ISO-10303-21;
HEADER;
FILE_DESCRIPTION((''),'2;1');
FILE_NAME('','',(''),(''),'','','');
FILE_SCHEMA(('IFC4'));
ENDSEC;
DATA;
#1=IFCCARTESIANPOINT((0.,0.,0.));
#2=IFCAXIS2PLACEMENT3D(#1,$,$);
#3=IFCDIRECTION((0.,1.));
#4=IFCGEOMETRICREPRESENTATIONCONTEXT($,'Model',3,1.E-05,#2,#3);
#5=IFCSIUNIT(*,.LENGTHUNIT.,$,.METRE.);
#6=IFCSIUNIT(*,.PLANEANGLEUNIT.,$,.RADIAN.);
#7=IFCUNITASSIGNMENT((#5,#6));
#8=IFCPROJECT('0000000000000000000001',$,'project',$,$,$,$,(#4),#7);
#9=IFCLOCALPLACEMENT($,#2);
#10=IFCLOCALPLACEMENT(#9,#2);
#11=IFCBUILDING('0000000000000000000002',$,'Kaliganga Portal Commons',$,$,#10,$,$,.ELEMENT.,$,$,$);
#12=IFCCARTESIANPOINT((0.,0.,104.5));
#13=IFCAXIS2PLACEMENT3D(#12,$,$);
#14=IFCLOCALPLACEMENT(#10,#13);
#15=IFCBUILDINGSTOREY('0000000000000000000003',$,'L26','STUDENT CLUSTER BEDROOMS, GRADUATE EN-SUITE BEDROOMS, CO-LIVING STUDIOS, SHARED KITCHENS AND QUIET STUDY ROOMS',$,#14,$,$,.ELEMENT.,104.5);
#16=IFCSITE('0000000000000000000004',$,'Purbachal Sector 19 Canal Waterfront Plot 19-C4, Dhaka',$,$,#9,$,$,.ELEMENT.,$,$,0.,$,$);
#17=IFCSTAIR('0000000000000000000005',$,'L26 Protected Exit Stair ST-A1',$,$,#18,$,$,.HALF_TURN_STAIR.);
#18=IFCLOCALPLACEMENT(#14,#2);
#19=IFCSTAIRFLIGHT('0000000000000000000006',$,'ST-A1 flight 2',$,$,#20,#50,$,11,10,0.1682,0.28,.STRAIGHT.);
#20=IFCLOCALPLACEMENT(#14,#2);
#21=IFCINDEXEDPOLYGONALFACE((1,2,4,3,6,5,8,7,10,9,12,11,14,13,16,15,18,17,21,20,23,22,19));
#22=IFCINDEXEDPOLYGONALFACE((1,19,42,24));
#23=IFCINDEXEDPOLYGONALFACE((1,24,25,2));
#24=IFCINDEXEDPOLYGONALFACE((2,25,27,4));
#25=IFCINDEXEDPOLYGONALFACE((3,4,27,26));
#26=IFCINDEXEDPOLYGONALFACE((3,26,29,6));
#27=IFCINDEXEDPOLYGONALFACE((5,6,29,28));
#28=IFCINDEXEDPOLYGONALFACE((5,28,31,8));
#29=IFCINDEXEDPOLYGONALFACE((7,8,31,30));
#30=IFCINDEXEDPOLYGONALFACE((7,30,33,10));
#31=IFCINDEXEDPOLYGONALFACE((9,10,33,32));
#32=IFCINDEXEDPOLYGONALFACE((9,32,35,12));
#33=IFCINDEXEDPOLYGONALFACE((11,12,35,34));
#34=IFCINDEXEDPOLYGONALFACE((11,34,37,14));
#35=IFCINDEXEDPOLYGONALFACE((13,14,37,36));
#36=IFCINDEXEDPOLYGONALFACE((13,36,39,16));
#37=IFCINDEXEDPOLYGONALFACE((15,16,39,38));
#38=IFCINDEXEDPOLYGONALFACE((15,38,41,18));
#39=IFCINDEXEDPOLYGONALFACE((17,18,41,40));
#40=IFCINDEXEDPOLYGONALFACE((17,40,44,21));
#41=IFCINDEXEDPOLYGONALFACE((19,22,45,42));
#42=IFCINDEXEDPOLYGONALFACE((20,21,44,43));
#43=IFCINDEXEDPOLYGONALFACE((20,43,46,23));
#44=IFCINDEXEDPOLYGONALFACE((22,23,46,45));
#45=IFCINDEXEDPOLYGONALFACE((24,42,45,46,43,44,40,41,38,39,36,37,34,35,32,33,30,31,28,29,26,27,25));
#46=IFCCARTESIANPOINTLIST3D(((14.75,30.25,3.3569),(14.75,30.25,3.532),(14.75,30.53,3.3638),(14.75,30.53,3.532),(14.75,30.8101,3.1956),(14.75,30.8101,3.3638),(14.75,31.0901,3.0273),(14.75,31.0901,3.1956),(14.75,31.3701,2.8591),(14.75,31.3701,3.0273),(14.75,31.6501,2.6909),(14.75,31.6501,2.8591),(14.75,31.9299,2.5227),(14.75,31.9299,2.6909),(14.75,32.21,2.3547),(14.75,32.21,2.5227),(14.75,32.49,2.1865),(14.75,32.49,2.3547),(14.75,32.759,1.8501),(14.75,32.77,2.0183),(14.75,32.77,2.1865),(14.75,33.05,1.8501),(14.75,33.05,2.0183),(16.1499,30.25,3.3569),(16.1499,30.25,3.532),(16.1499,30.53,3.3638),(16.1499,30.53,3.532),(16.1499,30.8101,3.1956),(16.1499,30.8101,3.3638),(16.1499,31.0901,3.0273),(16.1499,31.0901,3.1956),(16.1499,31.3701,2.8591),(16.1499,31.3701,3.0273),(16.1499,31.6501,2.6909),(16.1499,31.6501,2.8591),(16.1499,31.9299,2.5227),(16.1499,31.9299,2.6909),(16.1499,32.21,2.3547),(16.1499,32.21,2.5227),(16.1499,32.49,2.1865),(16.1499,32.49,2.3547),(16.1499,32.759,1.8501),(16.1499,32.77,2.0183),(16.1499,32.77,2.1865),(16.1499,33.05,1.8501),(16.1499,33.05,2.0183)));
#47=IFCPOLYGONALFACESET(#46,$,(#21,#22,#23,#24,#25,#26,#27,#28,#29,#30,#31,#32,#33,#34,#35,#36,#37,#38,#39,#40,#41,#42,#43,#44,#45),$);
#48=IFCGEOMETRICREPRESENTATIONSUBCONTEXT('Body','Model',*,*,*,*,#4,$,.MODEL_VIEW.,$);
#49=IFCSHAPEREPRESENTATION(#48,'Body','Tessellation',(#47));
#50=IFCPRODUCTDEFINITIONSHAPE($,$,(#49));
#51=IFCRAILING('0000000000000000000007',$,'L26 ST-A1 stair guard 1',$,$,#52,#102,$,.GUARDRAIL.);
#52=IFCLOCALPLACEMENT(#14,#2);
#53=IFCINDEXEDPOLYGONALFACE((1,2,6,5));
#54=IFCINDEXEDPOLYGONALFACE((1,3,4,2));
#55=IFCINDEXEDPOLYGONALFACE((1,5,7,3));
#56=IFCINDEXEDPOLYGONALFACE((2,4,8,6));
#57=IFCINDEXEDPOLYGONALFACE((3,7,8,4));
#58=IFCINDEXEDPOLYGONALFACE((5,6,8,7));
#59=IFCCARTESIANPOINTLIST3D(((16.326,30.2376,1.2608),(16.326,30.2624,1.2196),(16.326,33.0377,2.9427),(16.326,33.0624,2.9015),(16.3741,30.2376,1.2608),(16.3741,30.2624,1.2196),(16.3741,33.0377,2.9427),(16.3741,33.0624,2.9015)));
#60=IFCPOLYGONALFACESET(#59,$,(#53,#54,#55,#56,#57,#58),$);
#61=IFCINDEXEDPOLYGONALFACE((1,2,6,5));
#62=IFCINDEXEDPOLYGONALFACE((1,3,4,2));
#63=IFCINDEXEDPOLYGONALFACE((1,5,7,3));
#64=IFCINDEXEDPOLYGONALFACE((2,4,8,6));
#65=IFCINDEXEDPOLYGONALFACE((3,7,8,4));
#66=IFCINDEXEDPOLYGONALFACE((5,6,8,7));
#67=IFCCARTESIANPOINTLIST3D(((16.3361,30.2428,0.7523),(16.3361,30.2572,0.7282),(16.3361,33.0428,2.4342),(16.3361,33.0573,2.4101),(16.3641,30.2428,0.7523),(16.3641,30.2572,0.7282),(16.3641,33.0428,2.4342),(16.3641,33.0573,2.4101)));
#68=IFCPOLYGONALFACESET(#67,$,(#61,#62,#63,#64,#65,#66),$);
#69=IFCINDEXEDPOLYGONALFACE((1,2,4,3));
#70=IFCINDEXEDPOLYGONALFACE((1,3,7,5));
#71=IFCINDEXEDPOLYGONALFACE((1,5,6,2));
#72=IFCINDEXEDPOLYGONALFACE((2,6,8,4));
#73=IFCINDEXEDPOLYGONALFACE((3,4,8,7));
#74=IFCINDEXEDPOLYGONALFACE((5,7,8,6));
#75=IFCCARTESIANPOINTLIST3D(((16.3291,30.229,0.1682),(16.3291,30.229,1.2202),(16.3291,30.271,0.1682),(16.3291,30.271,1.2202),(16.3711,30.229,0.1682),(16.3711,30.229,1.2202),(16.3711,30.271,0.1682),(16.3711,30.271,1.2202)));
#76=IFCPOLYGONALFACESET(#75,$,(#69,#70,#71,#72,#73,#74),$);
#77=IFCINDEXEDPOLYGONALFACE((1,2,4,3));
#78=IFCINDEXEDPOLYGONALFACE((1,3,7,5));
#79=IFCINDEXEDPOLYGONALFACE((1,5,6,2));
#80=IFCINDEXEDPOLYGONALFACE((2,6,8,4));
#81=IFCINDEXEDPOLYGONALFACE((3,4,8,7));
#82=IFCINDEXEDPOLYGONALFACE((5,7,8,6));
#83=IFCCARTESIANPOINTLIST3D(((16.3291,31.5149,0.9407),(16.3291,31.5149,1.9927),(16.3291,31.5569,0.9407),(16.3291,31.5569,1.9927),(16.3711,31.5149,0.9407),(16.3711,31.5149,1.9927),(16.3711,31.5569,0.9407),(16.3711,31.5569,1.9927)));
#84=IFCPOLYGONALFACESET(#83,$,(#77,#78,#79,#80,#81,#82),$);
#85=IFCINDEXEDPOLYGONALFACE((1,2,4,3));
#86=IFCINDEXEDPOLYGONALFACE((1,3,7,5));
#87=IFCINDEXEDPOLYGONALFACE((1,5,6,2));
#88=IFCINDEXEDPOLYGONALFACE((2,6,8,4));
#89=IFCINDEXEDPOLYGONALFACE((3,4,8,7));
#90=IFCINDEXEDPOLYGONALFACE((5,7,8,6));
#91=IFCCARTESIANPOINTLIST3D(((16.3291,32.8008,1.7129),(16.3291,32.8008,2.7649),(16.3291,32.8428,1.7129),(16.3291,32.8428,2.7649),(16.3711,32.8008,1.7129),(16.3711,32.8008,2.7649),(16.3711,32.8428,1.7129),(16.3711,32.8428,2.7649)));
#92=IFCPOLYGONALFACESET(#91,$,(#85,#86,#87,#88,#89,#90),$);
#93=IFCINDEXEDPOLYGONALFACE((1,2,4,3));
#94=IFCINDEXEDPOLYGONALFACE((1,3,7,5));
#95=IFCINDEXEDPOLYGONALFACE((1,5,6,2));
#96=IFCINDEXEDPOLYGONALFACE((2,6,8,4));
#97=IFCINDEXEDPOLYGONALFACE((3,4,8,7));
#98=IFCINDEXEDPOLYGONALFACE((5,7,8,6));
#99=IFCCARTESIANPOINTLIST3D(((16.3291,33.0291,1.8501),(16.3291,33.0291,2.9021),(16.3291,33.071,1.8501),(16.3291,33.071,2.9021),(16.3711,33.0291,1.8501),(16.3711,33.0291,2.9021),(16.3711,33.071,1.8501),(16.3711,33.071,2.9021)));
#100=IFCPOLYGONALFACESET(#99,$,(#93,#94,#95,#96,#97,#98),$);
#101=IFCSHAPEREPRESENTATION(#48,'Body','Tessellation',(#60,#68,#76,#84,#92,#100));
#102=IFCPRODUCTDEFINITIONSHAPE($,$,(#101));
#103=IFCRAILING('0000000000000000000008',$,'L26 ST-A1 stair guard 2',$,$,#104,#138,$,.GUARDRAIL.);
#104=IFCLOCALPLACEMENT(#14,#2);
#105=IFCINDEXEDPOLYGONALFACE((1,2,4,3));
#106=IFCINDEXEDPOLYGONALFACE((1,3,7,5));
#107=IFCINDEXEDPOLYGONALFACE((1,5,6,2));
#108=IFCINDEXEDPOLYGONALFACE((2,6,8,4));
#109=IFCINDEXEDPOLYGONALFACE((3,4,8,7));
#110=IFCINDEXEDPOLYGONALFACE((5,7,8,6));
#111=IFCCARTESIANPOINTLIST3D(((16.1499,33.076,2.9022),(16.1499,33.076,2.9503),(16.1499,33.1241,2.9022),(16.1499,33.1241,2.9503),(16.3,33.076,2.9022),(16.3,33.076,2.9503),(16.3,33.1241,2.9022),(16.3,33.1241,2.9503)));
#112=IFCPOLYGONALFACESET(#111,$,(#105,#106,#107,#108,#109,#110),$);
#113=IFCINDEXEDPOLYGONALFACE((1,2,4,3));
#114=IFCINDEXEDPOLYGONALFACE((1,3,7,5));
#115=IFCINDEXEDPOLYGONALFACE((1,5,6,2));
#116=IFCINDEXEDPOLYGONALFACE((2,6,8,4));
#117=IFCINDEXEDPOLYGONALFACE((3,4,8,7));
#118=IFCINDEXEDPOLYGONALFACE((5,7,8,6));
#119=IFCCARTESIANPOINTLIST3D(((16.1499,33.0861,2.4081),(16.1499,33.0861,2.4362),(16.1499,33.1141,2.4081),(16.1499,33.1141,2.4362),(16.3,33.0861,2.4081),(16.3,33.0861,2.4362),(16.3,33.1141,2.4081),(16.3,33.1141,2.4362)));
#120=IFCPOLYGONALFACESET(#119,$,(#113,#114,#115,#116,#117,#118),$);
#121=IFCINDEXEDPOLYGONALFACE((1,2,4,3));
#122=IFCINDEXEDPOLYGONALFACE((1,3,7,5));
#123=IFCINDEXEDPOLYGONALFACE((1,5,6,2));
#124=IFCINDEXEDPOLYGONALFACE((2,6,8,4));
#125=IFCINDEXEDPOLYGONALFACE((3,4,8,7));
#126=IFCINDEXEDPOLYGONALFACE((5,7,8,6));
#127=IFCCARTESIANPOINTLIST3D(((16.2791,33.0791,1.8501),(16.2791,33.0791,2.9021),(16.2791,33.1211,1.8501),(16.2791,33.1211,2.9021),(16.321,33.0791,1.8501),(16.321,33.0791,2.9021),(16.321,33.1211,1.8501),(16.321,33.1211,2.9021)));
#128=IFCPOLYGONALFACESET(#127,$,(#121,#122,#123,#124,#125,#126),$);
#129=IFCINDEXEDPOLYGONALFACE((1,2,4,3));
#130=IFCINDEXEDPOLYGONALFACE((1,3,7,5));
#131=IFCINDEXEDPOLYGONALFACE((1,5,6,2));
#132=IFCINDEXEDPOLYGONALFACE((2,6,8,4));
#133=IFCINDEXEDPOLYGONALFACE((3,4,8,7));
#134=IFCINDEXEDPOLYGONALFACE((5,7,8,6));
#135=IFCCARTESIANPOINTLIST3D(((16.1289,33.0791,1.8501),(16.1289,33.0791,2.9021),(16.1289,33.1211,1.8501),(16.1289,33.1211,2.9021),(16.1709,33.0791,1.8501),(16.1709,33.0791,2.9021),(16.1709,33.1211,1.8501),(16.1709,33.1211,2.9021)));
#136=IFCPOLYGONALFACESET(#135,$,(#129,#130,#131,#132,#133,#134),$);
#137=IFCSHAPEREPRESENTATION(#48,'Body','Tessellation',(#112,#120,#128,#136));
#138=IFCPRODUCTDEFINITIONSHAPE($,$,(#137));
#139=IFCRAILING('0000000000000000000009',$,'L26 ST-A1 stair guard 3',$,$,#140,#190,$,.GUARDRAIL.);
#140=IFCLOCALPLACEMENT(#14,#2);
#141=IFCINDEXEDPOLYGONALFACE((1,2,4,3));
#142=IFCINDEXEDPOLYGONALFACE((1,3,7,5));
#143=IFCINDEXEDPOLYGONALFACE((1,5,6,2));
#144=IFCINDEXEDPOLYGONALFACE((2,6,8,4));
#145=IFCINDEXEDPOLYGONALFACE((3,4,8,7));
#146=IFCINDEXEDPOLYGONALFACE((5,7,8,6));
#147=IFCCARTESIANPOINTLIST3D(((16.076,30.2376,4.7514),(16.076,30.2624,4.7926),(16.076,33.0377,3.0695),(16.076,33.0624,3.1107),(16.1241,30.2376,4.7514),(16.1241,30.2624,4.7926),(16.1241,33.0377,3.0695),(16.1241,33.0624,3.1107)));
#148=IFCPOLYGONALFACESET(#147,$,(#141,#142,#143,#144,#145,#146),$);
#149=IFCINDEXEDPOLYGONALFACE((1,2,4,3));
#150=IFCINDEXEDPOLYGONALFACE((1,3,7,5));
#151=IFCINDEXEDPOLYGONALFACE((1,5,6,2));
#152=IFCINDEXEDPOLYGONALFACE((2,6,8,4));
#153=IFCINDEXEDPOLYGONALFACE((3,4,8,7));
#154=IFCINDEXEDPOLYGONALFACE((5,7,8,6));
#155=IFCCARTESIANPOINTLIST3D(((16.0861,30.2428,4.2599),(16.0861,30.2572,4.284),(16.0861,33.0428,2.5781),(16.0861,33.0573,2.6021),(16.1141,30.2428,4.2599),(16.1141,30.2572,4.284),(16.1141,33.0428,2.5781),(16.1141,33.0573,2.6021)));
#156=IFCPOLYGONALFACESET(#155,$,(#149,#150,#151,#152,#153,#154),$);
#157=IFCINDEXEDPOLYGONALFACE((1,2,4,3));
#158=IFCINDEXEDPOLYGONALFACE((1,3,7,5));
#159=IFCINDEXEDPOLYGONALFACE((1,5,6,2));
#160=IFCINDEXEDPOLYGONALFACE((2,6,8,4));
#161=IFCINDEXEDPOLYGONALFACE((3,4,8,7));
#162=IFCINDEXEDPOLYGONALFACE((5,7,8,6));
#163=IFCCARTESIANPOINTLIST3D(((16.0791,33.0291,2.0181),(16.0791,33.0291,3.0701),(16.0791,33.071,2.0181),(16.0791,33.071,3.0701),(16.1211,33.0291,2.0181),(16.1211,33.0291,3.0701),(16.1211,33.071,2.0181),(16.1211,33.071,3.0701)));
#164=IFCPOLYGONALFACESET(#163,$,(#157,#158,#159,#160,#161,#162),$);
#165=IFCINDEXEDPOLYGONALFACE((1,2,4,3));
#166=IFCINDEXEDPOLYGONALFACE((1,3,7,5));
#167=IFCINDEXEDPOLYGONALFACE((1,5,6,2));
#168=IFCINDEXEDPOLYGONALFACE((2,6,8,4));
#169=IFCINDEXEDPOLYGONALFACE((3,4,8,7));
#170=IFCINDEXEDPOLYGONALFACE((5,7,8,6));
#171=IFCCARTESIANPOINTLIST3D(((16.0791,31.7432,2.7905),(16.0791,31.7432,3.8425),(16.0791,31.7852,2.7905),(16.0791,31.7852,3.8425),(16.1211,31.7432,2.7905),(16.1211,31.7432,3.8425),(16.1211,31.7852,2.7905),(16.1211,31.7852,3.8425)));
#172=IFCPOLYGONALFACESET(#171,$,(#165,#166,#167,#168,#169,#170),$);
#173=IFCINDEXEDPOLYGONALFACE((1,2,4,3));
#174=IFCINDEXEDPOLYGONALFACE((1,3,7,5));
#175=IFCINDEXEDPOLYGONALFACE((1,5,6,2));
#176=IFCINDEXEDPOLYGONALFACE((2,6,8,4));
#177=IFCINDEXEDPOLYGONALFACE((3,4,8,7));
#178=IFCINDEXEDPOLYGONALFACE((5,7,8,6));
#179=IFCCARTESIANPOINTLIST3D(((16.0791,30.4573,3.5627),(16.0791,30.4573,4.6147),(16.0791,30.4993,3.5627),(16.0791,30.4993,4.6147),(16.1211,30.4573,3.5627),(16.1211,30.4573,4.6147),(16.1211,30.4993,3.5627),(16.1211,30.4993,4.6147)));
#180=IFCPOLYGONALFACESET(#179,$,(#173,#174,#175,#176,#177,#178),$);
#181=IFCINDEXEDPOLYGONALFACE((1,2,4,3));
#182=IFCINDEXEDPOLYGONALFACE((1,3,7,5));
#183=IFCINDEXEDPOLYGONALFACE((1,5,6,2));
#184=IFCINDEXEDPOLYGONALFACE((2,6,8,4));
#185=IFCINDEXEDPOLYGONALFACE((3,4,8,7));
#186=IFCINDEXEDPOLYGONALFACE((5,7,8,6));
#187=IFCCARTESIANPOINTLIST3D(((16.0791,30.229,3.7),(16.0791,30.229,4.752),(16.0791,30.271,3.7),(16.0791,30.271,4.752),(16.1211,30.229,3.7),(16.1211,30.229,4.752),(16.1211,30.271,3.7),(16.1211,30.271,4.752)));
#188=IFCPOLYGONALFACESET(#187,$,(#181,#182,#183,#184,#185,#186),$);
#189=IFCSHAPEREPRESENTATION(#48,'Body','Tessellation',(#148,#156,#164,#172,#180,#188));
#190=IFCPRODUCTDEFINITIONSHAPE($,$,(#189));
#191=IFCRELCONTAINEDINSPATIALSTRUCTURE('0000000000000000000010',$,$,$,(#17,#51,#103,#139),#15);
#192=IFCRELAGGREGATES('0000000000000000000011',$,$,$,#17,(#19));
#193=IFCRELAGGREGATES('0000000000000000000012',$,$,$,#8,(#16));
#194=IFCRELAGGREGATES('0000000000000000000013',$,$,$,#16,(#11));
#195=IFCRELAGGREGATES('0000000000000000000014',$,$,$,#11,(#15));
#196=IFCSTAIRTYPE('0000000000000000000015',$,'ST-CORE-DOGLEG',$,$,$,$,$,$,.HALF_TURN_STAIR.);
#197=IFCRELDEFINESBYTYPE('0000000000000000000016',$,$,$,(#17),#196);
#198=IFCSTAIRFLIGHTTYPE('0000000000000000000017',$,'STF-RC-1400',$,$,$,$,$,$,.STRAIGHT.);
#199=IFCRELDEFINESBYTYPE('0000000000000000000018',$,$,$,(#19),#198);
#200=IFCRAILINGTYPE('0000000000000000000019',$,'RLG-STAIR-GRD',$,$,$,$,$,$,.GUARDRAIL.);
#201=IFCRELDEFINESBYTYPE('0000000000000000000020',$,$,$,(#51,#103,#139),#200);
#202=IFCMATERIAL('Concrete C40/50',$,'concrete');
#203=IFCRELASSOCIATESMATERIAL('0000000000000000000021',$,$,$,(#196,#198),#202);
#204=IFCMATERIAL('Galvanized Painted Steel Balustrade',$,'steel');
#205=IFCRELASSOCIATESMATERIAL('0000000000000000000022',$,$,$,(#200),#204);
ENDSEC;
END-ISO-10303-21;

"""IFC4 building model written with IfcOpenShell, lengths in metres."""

from ifc_helpers import new_model, si_unit, direction, frame, origin, origin_2d, place, context, subcontext, project, spatial, polyline, rectangle, outline, extrude, material, type_object, element, aggregate, save


model = new_model("IFC4")

# Units and contexts
model_context = context("Model", 3, precision=1e-05, world=origin(), true_north=direction((0.0, 1.0)))
body_context = subcontext(model_context, "Body", "Model", "MODEL_VIEW")
ifc_project = project(units=[si_unit("LENGTHUNIT", "METRE"), si_unit("PLANEANGLEUNIT", "RADIAN")], contexts=[model_context])

# Site, building, storey
site_placement = place(None, origin())
site = spatial("IfcSite", under=ifc_project, at=site_placement, Name="Purbachal Sector 19 Canal Waterfront Plot 19-C4, Dhaka", CompositionType="ELEMENT", RefElevation=0.0)
building_placement = place(site_placement, origin())
building = spatial("IfcBuilding", under=site, at=building_placement, Name="Kaliganga Portal Commons", CompositionType="ELEMENT")
storey_placement = place(building_placement, frame((0.0, 0.0, 104.5)))
storey = spatial("IfcBuildingStorey", under=building, at=storey_placement, Name="L26", Description="STUDENT CLUSTER BEDROOMS, GRADUATE EN-SUITE BEDROOMS, CO-LIVING STUDIOS, SHARED KITCHENS AND QUIET STUDY ROOMS", CompositionType="ELEMENT", Elevation=104.5)

# Stair, stair flight
ifc_material_1 = material(Name="Concrete C40/50", Category="concrete")
stair_type = type_object("IfcStairType", Name="ST-CORE-DOGLEG", PredefinedType="HALF_TURN_STAIR", material=ifc_material_1)
stair_placement = place(storey_placement, origin())
stair = element("IfcStair", 1, at=stair_placement, inside=storey, type_object=stair_type, Name="L26 Protected Exit Stair ST-A1", PredefinedType="HALF_TURN_STAIR")
stair_flight_type = type_object("IfcStairFlightType", Name="STF-RC-1400", PredefinedType="STRAIGHT", material=ifc_material_1)
stair_flight_1_placement = place(storey_placement, frame((15.45, 33.05, 1.8501), z_axis=(0.0, 0.0, 1.0), x_axis=(0.0, -1.0, 0.0)))
stair_flight_1 = element("IfcStairFlight", 2, at=stair_flight_1_placement, type_object=stair_flight_type, Name="ST-A1 flight 2", NumberOfRisers=11, NumberOfTreads=10, PredefinedType="STRAIGHT", RiserHeight=0.1682, TreadLength=0.28, context=body_context, shape_type="SweptSolid", body=[
    extrude(outline(polyline([(0.0, 0.0), (0.0, 0.1682), (0.28, 0.1682), (0.28, 0.3364), (0.5601, 0.3364), (0.5601, 0.5046), (0.8401, 0.5046), (0.8401, 0.6726), (1.1201, 0.6726), (1.1201, 0.8408), (1.3999, 0.8408), (1.3999, 1.009), (1.6799, 1.009), (1.6799, 1.1772), (1.96, 1.1772), (1.96, 1.3455), (2.24, 1.3455), (2.24, 1.5137), (2.52, 1.5137), (2.52, 1.6819), (2.8, 1.6819), (2.8, 1.8501), (2.8, 1.5068), (0.291, 0.0), (0.0, 0.0)])), frame((0.0, 0.7, 0.0), z_axis=(0.0, -1.0, 0.0), x_axis=(1.0, 0.0, 0.0)), (0.0, 0.0, 1.0), 1.3999),
])
aggregate(stair, [stair_flight_1])

# Railings
ifc_material_2 = material(Name="Galvanized Painted Steel Balustrade", Category="steel")
railing_type_1 = type_object("IfcRailingType", Name="RLG-STAIR-GRD", PredefinedType="GUARDRAIL", material=ifc_material_2)
railing_1_placement = place(storey_placement, frame((16.3501, 30.25, 0.1682)))
element("IfcRailing", 3, at=railing_1_placement, inside=storey, type_object=railing_type_1, Name="L26 ST-A1 stair guard 1", PredefinedType="GUARDRAIL", context=body_context, shape_type="SweptSolid", body=[
    extrude(rectangle(XDim=0.0481, YDim=0.0481, at=origin_2d()), frame((0.0, 0.0, 1.072), z_axis=(0.0, 0.857242, 0.514913), x_axis=(-1.0, 0.0, 0.0)), (0.0, 0.0, 1.0), 3.2664),
    extrude(rectangle(XDim=0.0281, YDim=0.0281, at=origin_2d()), frame((0.0, 0.0, 0.572), z_axis=(0.0, 0.857242, 0.514913), x_axis=(-1.0, 0.0, 0.0)), (0.0, 0.0, 1.0), 3.2664),
    extrude(rectangle(XDim=0.042, YDim=0.042, at=origin_2d()), origin(), (0.0, 0.0, 1.0), 1.052),
    extrude(rectangle(XDim=0.042, YDim=0.042, at=origin_2d()), frame((0.0, 1.2859, 0.7725)), (0.0, 0.0, 1.0), 1.052),
    extrude(rectangle(XDim=0.042, YDim=0.042, at=origin_2d()), frame((0.0, 2.5718, 1.5447)), (0.0, 0.0, 1.0), 1.052),
    extrude(rectangle(XDim=0.042, YDim=0.042, at=origin_2d()), frame((0.0, 2.8, 1.6819)), (0.0, 0.0, 1.0), 1.052),
])
railing_2_placement = place(storey_placement, frame((16.3, 33.1001, 1.8501)))
element("IfcRailing", 4, at=railing_2_placement, inside=storey, type_object=railing_type_1, Name="L26 ST-A1 stair guard 2", PredefinedType="GUARDRAIL", context=body_context, shape_type="SweptSolid", body=[
    extrude(rectangle(XDim=0.0481, YDim=0.0481, at=origin_2d()), frame((0.0, 0.0, 1.0762), z_axis=(-1.0, 0.0, 0.0), x_axis=(0.0, -1.0, 0.0)), (0.0, 0.0, 1.0), 0.1501),
    extrude(rectangle(XDim=0.0281, YDim=0.0281, at=origin_2d()), frame((0.0, 0.0, 0.572), z_axis=(-1.0, 0.0, 0.0), x_axis=(0.0, -1.0, 0.0)), (0.0, 0.0, 1.0), 0.1501),
    extrude(rectangle(XDim=0.042, YDim=0.042, at=origin_2d()), origin(), (0.0, 0.0, 1.0), 1.052),
    extrude(rectangle(XDim=0.042, YDim=0.042, at=origin_2d()), frame((-0.1501, 0.0, 0.0)), (0.0, 0.0, 1.0), 1.052),
])
railing_3_placement = place(storey_placement, frame((16.1001, 33.05, 2.0181)))
element("IfcRailing", 5, at=railing_3_placement, inside=storey, type_object=railing_type_1, Name="L26 ST-A1 stair guard 3", PredefinedType="GUARDRAIL", context=body_context, shape_type="SweptSolid", body=[
    extrude(rectangle(XDim=0.0481, YDim=0.0481, at=origin_2d()), frame((0.0, 0.0, 1.072), z_axis=(0.0, -0.857242, 0.514913), x_axis=(1.0, 0.0, 0.0)), (0.0, 0.0, 1.0), 3.2664),
    extrude(rectangle(XDim=0.0281, YDim=0.0281, at=origin_2d()), frame((0.0, 0.0, 0.572), z_axis=(0.0, -0.857242, 0.514913), x_axis=(1.0, 0.0, 0.0)), (0.0, 0.0, 1.0), 3.2664),
    extrude(rectangle(XDim=0.042, YDim=0.042, at=origin_2d()), origin(), (0.0, 0.0, 1.0), 1.052),
    extrude(rectangle(XDim=0.042, YDim=0.042, at=origin_2d()), frame((0.0, -1.2859, 0.7725)), (0.0, 0.0, 1.0), 1.052),
    extrude(rectangle(XDim=0.042, YDim=0.042, at=origin_2d()), frame((0.0, -2.5718, 1.5447)), (0.0, 0.0, 1.0), 1.052),
    extrude(rectangle(XDim=0.042, YDim=0.042, at=origin_2d()), frame((0.0, -2.8, 1.6819)), (0.0, 0.0, 1.0), 1.052),
])

save(model, "model.ifc")
